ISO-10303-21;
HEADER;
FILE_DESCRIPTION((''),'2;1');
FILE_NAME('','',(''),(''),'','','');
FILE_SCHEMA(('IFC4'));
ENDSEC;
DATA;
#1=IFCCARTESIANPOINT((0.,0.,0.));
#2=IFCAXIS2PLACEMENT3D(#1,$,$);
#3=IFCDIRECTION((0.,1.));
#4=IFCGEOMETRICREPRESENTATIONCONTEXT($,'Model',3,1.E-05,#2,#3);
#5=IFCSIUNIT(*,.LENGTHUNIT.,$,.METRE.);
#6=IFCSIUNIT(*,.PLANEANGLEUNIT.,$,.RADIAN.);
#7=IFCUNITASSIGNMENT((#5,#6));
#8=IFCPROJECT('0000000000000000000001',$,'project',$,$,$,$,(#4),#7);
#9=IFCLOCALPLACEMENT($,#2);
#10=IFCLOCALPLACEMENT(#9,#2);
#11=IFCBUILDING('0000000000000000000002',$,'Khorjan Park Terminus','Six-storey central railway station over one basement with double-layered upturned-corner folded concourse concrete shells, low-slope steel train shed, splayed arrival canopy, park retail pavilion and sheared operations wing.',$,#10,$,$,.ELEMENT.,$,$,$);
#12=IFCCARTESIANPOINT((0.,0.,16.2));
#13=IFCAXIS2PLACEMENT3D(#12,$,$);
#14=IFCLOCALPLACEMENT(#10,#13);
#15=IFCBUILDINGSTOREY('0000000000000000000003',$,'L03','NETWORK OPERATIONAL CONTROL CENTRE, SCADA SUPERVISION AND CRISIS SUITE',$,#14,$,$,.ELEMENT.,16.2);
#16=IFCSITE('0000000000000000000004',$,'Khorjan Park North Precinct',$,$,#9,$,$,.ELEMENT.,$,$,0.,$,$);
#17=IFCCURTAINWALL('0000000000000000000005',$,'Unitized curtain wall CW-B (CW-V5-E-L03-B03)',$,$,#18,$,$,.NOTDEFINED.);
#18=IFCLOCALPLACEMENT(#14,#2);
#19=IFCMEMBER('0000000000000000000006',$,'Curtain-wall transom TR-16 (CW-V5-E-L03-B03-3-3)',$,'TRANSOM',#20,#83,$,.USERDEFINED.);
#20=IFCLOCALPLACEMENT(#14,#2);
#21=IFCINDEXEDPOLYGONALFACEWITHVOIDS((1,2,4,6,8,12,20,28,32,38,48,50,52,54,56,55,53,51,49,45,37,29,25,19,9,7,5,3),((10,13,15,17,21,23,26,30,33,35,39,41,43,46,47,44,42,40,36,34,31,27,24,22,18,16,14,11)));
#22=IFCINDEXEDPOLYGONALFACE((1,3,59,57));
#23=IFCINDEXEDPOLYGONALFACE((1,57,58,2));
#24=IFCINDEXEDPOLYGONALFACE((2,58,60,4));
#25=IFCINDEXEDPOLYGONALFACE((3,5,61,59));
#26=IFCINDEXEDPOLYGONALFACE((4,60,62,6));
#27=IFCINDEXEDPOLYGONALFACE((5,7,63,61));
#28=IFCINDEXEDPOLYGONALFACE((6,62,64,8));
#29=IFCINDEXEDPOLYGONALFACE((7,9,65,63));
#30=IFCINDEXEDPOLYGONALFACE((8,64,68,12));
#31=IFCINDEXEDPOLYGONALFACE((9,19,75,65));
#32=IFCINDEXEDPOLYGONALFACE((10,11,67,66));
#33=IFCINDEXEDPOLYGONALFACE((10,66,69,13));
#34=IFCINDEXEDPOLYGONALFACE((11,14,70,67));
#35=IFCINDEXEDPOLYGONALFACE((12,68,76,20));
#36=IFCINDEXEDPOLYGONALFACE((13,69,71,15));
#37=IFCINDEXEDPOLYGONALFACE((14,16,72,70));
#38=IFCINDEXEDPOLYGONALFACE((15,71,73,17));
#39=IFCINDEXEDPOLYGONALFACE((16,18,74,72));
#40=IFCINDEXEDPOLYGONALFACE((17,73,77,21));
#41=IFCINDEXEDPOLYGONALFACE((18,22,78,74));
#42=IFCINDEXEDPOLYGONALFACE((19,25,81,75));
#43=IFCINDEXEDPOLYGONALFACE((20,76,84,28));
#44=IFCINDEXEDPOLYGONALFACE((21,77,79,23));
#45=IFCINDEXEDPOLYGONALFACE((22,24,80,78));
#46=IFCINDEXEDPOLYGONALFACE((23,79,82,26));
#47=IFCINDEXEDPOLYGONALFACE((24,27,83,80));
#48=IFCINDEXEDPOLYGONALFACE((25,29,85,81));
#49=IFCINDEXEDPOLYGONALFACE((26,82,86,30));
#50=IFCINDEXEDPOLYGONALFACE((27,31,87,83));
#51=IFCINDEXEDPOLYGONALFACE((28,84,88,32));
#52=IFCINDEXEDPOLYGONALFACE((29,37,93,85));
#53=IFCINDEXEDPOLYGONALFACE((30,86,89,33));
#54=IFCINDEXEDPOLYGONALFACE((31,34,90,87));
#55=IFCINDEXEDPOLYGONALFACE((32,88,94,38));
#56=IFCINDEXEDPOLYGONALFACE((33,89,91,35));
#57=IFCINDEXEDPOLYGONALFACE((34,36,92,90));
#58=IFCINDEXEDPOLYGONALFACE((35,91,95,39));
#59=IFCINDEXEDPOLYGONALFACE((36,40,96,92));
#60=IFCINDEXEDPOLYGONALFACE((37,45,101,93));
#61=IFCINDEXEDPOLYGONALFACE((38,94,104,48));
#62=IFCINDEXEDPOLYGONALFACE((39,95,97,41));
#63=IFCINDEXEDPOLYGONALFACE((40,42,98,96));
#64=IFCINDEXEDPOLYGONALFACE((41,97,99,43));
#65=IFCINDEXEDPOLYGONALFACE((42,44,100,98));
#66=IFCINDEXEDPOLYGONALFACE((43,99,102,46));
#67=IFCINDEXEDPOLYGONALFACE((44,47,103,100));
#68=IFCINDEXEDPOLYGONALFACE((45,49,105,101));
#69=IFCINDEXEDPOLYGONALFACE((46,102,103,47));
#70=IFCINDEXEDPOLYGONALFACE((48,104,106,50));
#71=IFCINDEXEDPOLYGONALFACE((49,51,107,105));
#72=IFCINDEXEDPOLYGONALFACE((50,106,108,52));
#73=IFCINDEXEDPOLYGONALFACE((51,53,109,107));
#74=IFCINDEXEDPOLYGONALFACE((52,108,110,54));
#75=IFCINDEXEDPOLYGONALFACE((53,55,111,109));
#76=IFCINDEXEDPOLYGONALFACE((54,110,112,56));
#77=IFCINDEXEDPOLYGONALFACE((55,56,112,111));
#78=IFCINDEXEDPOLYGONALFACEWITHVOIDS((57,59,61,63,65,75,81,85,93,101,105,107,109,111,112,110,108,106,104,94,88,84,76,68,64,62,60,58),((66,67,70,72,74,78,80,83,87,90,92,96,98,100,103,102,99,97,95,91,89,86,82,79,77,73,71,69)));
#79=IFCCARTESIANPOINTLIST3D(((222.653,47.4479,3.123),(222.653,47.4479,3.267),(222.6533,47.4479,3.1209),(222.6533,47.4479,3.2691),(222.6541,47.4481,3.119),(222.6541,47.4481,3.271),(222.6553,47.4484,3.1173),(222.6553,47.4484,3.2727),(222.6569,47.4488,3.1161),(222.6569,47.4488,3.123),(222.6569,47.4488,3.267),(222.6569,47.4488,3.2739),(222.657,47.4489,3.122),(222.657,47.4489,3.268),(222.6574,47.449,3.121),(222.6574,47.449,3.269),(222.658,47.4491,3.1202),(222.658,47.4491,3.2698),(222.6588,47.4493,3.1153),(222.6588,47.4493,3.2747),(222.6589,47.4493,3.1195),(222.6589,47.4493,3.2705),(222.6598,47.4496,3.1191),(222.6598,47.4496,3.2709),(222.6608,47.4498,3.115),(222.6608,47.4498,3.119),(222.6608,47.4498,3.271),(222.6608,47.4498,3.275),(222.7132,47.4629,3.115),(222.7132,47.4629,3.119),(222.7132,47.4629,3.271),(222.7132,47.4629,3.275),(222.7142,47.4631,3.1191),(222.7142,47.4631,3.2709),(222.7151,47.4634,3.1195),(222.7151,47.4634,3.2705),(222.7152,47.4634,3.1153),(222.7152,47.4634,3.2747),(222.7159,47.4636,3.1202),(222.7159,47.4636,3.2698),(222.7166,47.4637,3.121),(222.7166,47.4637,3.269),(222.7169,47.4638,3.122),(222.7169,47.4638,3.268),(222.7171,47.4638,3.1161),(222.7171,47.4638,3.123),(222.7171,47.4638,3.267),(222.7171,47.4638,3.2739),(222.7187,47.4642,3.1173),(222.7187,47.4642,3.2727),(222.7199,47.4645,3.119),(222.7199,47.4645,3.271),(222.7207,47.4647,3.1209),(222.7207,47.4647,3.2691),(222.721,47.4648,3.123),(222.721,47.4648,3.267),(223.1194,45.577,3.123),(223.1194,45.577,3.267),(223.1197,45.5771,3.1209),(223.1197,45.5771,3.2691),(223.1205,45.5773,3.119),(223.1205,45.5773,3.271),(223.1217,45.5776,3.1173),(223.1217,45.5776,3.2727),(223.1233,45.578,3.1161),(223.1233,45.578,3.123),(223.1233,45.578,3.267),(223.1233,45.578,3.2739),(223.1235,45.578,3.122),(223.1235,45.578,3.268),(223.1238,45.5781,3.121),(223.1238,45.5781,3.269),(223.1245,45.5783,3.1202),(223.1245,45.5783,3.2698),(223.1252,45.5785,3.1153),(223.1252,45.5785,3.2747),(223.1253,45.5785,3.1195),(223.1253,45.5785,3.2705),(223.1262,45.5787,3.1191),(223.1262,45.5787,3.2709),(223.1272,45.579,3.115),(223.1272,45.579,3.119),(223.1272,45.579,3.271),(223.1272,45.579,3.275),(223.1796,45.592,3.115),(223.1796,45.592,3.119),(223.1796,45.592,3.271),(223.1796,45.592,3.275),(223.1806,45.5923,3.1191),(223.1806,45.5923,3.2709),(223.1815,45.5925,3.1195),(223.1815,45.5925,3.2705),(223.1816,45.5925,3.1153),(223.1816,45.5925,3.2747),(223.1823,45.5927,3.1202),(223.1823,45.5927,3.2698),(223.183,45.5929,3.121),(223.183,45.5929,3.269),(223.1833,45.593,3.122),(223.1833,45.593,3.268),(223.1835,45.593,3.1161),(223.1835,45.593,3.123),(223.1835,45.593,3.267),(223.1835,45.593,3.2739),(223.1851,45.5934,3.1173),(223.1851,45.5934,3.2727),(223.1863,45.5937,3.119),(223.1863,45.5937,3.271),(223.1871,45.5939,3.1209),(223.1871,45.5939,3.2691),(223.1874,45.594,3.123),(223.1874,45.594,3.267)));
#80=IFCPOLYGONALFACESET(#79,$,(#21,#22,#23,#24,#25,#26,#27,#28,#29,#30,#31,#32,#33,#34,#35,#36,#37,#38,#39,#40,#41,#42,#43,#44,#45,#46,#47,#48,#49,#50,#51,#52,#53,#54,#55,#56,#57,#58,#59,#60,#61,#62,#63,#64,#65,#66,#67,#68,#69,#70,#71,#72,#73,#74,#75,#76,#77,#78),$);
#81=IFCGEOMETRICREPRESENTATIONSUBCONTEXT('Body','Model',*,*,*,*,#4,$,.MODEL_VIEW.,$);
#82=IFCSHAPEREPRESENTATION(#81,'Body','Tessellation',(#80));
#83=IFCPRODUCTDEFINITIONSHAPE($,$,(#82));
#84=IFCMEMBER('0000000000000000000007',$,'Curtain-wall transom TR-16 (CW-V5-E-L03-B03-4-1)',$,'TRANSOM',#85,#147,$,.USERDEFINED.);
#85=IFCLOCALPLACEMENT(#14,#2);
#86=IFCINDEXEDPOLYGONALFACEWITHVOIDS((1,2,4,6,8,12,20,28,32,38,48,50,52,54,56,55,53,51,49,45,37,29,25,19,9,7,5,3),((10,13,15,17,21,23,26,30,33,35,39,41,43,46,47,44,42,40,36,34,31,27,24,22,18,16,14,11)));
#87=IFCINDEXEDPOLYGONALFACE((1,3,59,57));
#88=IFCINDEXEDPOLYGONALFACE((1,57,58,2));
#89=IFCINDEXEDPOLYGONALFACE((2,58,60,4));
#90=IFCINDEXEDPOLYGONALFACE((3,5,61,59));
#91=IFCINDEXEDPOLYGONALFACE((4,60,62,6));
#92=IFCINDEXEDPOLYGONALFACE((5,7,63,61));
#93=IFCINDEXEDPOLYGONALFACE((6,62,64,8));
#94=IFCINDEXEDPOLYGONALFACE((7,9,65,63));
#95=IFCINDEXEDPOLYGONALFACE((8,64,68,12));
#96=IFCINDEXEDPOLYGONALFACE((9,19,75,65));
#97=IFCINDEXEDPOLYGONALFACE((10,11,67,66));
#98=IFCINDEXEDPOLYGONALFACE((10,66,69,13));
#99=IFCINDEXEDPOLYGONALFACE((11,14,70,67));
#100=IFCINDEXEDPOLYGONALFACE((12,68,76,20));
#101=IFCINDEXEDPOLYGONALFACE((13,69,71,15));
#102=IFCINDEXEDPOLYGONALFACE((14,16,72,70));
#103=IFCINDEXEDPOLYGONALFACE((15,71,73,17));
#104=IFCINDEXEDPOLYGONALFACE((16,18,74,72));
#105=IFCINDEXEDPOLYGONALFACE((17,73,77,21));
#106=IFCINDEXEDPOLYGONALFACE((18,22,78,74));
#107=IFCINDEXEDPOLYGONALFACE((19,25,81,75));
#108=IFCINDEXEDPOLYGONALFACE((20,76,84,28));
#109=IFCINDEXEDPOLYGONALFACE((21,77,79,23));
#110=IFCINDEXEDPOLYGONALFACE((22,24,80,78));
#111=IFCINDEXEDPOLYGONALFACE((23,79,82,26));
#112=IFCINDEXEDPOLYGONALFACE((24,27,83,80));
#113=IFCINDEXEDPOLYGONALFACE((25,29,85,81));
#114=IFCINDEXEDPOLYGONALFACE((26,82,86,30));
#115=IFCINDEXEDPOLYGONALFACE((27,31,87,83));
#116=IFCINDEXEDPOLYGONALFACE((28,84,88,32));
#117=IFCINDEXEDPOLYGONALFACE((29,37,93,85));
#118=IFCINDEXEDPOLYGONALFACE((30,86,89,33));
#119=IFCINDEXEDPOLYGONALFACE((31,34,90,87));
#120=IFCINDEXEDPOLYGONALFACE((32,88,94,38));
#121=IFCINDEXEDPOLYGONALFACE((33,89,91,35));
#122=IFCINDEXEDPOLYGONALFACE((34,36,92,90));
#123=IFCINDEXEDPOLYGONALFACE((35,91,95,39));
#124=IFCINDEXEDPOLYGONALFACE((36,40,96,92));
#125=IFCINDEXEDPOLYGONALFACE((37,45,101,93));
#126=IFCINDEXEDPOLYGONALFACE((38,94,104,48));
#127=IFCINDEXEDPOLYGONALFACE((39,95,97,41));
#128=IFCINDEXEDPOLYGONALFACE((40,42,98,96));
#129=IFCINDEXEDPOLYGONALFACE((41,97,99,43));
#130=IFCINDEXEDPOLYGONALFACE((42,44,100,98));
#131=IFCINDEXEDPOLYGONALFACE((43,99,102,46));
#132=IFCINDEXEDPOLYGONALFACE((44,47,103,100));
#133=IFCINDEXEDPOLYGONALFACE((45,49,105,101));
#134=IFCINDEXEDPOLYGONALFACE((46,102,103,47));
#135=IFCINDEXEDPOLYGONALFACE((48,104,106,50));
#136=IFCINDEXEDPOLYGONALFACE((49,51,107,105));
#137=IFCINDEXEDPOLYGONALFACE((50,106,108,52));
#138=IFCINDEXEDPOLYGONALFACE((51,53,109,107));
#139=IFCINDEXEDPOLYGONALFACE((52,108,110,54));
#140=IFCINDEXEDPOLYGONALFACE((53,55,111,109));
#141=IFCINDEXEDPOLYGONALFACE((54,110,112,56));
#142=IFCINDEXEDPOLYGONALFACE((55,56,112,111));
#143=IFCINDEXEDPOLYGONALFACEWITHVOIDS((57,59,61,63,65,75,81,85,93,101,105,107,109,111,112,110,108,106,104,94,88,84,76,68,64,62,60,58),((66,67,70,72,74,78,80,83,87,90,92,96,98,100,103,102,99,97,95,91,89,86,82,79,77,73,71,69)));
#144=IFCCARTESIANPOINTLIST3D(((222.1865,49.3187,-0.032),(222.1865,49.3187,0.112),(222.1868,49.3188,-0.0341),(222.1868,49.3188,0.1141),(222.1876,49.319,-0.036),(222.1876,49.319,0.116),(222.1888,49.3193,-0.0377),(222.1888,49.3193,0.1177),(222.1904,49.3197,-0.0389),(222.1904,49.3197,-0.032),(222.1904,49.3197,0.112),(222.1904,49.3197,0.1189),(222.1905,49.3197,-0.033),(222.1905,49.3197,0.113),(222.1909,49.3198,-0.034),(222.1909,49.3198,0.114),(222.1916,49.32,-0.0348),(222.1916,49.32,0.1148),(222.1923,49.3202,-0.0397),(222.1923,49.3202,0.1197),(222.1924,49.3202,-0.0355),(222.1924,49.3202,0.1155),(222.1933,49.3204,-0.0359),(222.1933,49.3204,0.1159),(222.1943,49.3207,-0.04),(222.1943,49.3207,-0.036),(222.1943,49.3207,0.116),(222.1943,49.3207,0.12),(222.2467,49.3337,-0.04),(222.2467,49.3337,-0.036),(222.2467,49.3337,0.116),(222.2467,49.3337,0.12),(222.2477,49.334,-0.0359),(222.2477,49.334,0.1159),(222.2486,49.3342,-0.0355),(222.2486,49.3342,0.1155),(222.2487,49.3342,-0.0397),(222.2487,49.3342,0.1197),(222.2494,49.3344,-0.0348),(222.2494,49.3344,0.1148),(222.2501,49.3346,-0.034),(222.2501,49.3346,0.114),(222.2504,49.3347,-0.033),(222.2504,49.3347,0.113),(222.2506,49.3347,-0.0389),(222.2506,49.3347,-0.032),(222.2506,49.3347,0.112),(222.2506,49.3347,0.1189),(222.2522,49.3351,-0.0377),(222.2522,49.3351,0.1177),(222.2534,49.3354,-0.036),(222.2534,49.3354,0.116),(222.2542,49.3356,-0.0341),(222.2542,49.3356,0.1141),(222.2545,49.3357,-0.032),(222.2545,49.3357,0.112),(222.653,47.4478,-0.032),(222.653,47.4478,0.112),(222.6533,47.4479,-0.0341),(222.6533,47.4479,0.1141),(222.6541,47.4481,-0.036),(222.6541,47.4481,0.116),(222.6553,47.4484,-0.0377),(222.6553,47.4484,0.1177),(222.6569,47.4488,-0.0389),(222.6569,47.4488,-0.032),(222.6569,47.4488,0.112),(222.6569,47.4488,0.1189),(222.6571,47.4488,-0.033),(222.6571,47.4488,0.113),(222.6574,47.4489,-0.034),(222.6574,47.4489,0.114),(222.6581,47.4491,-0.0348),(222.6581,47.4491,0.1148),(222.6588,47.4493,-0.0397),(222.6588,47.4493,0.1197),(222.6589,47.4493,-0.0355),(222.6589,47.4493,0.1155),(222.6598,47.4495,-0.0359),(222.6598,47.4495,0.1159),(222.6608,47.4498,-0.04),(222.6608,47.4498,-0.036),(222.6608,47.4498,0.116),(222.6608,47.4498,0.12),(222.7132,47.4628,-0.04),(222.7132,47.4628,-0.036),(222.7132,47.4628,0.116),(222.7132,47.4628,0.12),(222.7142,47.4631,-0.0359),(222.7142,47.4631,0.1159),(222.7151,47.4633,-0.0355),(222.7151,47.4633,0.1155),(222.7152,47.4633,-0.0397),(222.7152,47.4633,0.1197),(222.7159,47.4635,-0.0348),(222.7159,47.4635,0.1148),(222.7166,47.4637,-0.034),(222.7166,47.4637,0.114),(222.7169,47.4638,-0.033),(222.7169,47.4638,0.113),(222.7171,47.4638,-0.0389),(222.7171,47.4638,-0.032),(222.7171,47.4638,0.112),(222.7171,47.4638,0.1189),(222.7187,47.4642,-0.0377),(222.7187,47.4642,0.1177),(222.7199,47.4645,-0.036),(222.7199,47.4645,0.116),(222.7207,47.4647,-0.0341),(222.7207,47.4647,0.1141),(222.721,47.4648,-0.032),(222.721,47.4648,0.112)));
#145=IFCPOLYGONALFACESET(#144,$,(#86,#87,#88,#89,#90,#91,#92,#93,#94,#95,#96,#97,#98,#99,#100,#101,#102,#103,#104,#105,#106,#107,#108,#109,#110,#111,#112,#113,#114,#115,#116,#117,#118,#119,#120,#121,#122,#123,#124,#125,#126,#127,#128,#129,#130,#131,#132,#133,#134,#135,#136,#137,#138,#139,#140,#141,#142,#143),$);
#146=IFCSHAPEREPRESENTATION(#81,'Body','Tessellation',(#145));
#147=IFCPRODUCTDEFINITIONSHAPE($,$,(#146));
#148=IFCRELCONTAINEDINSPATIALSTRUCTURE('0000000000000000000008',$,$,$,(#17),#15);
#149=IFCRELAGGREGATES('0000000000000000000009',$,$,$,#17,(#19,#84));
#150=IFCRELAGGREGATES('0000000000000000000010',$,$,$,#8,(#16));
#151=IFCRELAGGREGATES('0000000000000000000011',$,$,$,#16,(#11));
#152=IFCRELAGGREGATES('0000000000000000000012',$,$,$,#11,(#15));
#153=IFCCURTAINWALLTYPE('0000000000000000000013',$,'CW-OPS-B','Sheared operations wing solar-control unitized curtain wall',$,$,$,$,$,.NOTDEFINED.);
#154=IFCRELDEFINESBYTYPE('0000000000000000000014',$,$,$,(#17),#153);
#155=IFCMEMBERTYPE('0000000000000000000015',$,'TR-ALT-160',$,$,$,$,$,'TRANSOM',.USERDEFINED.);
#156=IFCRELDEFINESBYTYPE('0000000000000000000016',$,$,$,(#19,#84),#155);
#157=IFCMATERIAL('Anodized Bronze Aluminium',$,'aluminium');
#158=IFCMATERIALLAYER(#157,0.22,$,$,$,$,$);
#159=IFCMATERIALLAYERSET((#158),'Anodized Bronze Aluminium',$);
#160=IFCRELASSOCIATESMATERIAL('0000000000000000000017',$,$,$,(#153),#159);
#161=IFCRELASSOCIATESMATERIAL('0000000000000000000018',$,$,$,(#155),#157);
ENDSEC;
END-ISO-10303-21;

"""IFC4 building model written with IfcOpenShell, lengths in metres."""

from ifc_helpers import new_model, si_unit, direction, frame, origin, origin_2d, place, context, subcontext, project, spatial, hollow_rectangle, extrude, material, layer, layer_set, material_profile, profile_set, type_object, element, aggregate, save


model = new_model("IFC4")

# Units and contexts
model_context = context("Model", 3, precision=1e-05, world=origin(), true_north=direction((0.0, 1.0)))
body_context = subcontext(model_context, "Body", "Model", "MODEL_VIEW")
ifc_project = project(units=[si_unit("LENGTHUNIT", "METRE"), si_unit("PLANEANGLEUNIT", "RADIAN")], contexts=[model_context])

# Site, building, storey
site_placement = place(None, origin())
site = spatial("IfcSite", under=ifc_project, at=site_placement, Name="Khorjan Park North Precinct", CompositionType="ELEMENT", RefElevation=0.0)
building_placement = place(site_placement, origin())
building = spatial("IfcBuilding", under=site, at=building_placement, Name="Khorjan Park Terminus", Description="Six-storey central railway station over one basement with double-layered upturned-corner folded concourse concrete shells, low-slope steel train shed, splayed arrival canopy, park retail pavilion and sheared operations wing.", CompositionType="ELEMENT")
storey_placement = place(building_placement, frame((0.0, 0.0, 16.2)))
storey = spatial("IfcBuildingStorey", under=building, at=storey_placement, Name="L03", Description="NETWORK OPERATIONAL CONTROL CENTRE, SCADA SUPERVISION AND CRISIS SUITE", CompositionType="ELEMENT", Elevation=16.2)

# Curtain wall, members
ifc_material_1 = material(Name="Anodized Bronze Aluminium", Category="aluminium")
ifc_layer_1 = layer(ifc_material_1, 0.22)
ifc_layer_set_1 = layer_set([ifc_layer_1], Name="Anodized Bronze Aluminium")
curtain_wall_type = type_object("IfcCurtainWallType", Name="CW-OPS-B", Description="Sheared operations wing solar-control unitized curtain wall", PredefinedType="NOTDEFINED", material=ifc_layer_set_1)
curtain_wall_placement = place(storey_placement, origin())
curtain_wall = element("IfcCurtainWall", 1, at=curtain_wall_placement, inside=storey, type_object=curtain_wall_type, Name="Unitized curtain wall CW-B (CW-V5-E-L03-B03)", PredefinedType="NOTDEFINED")
ifc_material_profile_1 = material_profile(ifc_material_1, hollow_rectangle(XDim=0.07, YDim=0.16, WallThickness=0.004, InnerFilletRadius=0.004, OuterFilletRadius=0.008, at=origin_2d()), Name="ALT 70x160x4")
ifc_profile_set_1 = profile_set([ifc_material_profile_1], Name="Anodized Bronze Aluminium")
member_type_1 = type_object("IfcMemberType", Name="TR-ALT-160", ElementType="TRANSOM", PredefinedType="USERDEFINED", material=ifc_profile_set_1)
member_1_placement = place(storey_placement, frame((223.1534, 45.5855, 3.195), z_axis=(-0.241901, 0.970301, 0.0), x_axis=(-0.970301, -0.241901, 0.0)))
member_1 = element("IfcMember", 2, at=member_1_placement, type_object=member_type_1, Name="Curtain-wall transom TR-16 (CW-V5-E-L03-B03-3-3)", ObjectType="TRANSOM", PredefinedType="USERDEFINED", context=body_context, shape_type="SweptSolid", body=[
    extrude(hollow_rectangle(XDim=0.07, YDim=0.16, WallThickness=0.004, InnerFilletRadius=0.004, OuterFilletRadius=0.008, at=origin_2d()), origin(), (0.0, 0.0, 1.0), 1.9281),
])
member_2_placement = place(storey_placement, frame((222.687, 47.4563, 0.04), z_axis=(-0.241938, 0.970292, 0.0), x_axis=(-0.970292, -0.241938, 0.0)))
member_2 = element("IfcMember", 3, at=member_2_placement, type_object=member_type_1, Name="Curtain-wall transom TR-16 (CW-V5-E-L03-B03-4-1)", ObjectType="TRANSOM", PredefinedType="USERDEFINED", context=body_context, shape_type="SweptSolid", body=[
    extrude(hollow_rectangle(XDim=0.07, YDim=0.16, WallThickness=0.004, InnerFilletRadius=0.004, OuterFilletRadius=0.008, at=origin_2d()), origin(), (0.0, 0.0, 1.0), 1.9282),
])
aggregate(curtain_wall, [member_1, member_2])

save(model, "model.ifc")
